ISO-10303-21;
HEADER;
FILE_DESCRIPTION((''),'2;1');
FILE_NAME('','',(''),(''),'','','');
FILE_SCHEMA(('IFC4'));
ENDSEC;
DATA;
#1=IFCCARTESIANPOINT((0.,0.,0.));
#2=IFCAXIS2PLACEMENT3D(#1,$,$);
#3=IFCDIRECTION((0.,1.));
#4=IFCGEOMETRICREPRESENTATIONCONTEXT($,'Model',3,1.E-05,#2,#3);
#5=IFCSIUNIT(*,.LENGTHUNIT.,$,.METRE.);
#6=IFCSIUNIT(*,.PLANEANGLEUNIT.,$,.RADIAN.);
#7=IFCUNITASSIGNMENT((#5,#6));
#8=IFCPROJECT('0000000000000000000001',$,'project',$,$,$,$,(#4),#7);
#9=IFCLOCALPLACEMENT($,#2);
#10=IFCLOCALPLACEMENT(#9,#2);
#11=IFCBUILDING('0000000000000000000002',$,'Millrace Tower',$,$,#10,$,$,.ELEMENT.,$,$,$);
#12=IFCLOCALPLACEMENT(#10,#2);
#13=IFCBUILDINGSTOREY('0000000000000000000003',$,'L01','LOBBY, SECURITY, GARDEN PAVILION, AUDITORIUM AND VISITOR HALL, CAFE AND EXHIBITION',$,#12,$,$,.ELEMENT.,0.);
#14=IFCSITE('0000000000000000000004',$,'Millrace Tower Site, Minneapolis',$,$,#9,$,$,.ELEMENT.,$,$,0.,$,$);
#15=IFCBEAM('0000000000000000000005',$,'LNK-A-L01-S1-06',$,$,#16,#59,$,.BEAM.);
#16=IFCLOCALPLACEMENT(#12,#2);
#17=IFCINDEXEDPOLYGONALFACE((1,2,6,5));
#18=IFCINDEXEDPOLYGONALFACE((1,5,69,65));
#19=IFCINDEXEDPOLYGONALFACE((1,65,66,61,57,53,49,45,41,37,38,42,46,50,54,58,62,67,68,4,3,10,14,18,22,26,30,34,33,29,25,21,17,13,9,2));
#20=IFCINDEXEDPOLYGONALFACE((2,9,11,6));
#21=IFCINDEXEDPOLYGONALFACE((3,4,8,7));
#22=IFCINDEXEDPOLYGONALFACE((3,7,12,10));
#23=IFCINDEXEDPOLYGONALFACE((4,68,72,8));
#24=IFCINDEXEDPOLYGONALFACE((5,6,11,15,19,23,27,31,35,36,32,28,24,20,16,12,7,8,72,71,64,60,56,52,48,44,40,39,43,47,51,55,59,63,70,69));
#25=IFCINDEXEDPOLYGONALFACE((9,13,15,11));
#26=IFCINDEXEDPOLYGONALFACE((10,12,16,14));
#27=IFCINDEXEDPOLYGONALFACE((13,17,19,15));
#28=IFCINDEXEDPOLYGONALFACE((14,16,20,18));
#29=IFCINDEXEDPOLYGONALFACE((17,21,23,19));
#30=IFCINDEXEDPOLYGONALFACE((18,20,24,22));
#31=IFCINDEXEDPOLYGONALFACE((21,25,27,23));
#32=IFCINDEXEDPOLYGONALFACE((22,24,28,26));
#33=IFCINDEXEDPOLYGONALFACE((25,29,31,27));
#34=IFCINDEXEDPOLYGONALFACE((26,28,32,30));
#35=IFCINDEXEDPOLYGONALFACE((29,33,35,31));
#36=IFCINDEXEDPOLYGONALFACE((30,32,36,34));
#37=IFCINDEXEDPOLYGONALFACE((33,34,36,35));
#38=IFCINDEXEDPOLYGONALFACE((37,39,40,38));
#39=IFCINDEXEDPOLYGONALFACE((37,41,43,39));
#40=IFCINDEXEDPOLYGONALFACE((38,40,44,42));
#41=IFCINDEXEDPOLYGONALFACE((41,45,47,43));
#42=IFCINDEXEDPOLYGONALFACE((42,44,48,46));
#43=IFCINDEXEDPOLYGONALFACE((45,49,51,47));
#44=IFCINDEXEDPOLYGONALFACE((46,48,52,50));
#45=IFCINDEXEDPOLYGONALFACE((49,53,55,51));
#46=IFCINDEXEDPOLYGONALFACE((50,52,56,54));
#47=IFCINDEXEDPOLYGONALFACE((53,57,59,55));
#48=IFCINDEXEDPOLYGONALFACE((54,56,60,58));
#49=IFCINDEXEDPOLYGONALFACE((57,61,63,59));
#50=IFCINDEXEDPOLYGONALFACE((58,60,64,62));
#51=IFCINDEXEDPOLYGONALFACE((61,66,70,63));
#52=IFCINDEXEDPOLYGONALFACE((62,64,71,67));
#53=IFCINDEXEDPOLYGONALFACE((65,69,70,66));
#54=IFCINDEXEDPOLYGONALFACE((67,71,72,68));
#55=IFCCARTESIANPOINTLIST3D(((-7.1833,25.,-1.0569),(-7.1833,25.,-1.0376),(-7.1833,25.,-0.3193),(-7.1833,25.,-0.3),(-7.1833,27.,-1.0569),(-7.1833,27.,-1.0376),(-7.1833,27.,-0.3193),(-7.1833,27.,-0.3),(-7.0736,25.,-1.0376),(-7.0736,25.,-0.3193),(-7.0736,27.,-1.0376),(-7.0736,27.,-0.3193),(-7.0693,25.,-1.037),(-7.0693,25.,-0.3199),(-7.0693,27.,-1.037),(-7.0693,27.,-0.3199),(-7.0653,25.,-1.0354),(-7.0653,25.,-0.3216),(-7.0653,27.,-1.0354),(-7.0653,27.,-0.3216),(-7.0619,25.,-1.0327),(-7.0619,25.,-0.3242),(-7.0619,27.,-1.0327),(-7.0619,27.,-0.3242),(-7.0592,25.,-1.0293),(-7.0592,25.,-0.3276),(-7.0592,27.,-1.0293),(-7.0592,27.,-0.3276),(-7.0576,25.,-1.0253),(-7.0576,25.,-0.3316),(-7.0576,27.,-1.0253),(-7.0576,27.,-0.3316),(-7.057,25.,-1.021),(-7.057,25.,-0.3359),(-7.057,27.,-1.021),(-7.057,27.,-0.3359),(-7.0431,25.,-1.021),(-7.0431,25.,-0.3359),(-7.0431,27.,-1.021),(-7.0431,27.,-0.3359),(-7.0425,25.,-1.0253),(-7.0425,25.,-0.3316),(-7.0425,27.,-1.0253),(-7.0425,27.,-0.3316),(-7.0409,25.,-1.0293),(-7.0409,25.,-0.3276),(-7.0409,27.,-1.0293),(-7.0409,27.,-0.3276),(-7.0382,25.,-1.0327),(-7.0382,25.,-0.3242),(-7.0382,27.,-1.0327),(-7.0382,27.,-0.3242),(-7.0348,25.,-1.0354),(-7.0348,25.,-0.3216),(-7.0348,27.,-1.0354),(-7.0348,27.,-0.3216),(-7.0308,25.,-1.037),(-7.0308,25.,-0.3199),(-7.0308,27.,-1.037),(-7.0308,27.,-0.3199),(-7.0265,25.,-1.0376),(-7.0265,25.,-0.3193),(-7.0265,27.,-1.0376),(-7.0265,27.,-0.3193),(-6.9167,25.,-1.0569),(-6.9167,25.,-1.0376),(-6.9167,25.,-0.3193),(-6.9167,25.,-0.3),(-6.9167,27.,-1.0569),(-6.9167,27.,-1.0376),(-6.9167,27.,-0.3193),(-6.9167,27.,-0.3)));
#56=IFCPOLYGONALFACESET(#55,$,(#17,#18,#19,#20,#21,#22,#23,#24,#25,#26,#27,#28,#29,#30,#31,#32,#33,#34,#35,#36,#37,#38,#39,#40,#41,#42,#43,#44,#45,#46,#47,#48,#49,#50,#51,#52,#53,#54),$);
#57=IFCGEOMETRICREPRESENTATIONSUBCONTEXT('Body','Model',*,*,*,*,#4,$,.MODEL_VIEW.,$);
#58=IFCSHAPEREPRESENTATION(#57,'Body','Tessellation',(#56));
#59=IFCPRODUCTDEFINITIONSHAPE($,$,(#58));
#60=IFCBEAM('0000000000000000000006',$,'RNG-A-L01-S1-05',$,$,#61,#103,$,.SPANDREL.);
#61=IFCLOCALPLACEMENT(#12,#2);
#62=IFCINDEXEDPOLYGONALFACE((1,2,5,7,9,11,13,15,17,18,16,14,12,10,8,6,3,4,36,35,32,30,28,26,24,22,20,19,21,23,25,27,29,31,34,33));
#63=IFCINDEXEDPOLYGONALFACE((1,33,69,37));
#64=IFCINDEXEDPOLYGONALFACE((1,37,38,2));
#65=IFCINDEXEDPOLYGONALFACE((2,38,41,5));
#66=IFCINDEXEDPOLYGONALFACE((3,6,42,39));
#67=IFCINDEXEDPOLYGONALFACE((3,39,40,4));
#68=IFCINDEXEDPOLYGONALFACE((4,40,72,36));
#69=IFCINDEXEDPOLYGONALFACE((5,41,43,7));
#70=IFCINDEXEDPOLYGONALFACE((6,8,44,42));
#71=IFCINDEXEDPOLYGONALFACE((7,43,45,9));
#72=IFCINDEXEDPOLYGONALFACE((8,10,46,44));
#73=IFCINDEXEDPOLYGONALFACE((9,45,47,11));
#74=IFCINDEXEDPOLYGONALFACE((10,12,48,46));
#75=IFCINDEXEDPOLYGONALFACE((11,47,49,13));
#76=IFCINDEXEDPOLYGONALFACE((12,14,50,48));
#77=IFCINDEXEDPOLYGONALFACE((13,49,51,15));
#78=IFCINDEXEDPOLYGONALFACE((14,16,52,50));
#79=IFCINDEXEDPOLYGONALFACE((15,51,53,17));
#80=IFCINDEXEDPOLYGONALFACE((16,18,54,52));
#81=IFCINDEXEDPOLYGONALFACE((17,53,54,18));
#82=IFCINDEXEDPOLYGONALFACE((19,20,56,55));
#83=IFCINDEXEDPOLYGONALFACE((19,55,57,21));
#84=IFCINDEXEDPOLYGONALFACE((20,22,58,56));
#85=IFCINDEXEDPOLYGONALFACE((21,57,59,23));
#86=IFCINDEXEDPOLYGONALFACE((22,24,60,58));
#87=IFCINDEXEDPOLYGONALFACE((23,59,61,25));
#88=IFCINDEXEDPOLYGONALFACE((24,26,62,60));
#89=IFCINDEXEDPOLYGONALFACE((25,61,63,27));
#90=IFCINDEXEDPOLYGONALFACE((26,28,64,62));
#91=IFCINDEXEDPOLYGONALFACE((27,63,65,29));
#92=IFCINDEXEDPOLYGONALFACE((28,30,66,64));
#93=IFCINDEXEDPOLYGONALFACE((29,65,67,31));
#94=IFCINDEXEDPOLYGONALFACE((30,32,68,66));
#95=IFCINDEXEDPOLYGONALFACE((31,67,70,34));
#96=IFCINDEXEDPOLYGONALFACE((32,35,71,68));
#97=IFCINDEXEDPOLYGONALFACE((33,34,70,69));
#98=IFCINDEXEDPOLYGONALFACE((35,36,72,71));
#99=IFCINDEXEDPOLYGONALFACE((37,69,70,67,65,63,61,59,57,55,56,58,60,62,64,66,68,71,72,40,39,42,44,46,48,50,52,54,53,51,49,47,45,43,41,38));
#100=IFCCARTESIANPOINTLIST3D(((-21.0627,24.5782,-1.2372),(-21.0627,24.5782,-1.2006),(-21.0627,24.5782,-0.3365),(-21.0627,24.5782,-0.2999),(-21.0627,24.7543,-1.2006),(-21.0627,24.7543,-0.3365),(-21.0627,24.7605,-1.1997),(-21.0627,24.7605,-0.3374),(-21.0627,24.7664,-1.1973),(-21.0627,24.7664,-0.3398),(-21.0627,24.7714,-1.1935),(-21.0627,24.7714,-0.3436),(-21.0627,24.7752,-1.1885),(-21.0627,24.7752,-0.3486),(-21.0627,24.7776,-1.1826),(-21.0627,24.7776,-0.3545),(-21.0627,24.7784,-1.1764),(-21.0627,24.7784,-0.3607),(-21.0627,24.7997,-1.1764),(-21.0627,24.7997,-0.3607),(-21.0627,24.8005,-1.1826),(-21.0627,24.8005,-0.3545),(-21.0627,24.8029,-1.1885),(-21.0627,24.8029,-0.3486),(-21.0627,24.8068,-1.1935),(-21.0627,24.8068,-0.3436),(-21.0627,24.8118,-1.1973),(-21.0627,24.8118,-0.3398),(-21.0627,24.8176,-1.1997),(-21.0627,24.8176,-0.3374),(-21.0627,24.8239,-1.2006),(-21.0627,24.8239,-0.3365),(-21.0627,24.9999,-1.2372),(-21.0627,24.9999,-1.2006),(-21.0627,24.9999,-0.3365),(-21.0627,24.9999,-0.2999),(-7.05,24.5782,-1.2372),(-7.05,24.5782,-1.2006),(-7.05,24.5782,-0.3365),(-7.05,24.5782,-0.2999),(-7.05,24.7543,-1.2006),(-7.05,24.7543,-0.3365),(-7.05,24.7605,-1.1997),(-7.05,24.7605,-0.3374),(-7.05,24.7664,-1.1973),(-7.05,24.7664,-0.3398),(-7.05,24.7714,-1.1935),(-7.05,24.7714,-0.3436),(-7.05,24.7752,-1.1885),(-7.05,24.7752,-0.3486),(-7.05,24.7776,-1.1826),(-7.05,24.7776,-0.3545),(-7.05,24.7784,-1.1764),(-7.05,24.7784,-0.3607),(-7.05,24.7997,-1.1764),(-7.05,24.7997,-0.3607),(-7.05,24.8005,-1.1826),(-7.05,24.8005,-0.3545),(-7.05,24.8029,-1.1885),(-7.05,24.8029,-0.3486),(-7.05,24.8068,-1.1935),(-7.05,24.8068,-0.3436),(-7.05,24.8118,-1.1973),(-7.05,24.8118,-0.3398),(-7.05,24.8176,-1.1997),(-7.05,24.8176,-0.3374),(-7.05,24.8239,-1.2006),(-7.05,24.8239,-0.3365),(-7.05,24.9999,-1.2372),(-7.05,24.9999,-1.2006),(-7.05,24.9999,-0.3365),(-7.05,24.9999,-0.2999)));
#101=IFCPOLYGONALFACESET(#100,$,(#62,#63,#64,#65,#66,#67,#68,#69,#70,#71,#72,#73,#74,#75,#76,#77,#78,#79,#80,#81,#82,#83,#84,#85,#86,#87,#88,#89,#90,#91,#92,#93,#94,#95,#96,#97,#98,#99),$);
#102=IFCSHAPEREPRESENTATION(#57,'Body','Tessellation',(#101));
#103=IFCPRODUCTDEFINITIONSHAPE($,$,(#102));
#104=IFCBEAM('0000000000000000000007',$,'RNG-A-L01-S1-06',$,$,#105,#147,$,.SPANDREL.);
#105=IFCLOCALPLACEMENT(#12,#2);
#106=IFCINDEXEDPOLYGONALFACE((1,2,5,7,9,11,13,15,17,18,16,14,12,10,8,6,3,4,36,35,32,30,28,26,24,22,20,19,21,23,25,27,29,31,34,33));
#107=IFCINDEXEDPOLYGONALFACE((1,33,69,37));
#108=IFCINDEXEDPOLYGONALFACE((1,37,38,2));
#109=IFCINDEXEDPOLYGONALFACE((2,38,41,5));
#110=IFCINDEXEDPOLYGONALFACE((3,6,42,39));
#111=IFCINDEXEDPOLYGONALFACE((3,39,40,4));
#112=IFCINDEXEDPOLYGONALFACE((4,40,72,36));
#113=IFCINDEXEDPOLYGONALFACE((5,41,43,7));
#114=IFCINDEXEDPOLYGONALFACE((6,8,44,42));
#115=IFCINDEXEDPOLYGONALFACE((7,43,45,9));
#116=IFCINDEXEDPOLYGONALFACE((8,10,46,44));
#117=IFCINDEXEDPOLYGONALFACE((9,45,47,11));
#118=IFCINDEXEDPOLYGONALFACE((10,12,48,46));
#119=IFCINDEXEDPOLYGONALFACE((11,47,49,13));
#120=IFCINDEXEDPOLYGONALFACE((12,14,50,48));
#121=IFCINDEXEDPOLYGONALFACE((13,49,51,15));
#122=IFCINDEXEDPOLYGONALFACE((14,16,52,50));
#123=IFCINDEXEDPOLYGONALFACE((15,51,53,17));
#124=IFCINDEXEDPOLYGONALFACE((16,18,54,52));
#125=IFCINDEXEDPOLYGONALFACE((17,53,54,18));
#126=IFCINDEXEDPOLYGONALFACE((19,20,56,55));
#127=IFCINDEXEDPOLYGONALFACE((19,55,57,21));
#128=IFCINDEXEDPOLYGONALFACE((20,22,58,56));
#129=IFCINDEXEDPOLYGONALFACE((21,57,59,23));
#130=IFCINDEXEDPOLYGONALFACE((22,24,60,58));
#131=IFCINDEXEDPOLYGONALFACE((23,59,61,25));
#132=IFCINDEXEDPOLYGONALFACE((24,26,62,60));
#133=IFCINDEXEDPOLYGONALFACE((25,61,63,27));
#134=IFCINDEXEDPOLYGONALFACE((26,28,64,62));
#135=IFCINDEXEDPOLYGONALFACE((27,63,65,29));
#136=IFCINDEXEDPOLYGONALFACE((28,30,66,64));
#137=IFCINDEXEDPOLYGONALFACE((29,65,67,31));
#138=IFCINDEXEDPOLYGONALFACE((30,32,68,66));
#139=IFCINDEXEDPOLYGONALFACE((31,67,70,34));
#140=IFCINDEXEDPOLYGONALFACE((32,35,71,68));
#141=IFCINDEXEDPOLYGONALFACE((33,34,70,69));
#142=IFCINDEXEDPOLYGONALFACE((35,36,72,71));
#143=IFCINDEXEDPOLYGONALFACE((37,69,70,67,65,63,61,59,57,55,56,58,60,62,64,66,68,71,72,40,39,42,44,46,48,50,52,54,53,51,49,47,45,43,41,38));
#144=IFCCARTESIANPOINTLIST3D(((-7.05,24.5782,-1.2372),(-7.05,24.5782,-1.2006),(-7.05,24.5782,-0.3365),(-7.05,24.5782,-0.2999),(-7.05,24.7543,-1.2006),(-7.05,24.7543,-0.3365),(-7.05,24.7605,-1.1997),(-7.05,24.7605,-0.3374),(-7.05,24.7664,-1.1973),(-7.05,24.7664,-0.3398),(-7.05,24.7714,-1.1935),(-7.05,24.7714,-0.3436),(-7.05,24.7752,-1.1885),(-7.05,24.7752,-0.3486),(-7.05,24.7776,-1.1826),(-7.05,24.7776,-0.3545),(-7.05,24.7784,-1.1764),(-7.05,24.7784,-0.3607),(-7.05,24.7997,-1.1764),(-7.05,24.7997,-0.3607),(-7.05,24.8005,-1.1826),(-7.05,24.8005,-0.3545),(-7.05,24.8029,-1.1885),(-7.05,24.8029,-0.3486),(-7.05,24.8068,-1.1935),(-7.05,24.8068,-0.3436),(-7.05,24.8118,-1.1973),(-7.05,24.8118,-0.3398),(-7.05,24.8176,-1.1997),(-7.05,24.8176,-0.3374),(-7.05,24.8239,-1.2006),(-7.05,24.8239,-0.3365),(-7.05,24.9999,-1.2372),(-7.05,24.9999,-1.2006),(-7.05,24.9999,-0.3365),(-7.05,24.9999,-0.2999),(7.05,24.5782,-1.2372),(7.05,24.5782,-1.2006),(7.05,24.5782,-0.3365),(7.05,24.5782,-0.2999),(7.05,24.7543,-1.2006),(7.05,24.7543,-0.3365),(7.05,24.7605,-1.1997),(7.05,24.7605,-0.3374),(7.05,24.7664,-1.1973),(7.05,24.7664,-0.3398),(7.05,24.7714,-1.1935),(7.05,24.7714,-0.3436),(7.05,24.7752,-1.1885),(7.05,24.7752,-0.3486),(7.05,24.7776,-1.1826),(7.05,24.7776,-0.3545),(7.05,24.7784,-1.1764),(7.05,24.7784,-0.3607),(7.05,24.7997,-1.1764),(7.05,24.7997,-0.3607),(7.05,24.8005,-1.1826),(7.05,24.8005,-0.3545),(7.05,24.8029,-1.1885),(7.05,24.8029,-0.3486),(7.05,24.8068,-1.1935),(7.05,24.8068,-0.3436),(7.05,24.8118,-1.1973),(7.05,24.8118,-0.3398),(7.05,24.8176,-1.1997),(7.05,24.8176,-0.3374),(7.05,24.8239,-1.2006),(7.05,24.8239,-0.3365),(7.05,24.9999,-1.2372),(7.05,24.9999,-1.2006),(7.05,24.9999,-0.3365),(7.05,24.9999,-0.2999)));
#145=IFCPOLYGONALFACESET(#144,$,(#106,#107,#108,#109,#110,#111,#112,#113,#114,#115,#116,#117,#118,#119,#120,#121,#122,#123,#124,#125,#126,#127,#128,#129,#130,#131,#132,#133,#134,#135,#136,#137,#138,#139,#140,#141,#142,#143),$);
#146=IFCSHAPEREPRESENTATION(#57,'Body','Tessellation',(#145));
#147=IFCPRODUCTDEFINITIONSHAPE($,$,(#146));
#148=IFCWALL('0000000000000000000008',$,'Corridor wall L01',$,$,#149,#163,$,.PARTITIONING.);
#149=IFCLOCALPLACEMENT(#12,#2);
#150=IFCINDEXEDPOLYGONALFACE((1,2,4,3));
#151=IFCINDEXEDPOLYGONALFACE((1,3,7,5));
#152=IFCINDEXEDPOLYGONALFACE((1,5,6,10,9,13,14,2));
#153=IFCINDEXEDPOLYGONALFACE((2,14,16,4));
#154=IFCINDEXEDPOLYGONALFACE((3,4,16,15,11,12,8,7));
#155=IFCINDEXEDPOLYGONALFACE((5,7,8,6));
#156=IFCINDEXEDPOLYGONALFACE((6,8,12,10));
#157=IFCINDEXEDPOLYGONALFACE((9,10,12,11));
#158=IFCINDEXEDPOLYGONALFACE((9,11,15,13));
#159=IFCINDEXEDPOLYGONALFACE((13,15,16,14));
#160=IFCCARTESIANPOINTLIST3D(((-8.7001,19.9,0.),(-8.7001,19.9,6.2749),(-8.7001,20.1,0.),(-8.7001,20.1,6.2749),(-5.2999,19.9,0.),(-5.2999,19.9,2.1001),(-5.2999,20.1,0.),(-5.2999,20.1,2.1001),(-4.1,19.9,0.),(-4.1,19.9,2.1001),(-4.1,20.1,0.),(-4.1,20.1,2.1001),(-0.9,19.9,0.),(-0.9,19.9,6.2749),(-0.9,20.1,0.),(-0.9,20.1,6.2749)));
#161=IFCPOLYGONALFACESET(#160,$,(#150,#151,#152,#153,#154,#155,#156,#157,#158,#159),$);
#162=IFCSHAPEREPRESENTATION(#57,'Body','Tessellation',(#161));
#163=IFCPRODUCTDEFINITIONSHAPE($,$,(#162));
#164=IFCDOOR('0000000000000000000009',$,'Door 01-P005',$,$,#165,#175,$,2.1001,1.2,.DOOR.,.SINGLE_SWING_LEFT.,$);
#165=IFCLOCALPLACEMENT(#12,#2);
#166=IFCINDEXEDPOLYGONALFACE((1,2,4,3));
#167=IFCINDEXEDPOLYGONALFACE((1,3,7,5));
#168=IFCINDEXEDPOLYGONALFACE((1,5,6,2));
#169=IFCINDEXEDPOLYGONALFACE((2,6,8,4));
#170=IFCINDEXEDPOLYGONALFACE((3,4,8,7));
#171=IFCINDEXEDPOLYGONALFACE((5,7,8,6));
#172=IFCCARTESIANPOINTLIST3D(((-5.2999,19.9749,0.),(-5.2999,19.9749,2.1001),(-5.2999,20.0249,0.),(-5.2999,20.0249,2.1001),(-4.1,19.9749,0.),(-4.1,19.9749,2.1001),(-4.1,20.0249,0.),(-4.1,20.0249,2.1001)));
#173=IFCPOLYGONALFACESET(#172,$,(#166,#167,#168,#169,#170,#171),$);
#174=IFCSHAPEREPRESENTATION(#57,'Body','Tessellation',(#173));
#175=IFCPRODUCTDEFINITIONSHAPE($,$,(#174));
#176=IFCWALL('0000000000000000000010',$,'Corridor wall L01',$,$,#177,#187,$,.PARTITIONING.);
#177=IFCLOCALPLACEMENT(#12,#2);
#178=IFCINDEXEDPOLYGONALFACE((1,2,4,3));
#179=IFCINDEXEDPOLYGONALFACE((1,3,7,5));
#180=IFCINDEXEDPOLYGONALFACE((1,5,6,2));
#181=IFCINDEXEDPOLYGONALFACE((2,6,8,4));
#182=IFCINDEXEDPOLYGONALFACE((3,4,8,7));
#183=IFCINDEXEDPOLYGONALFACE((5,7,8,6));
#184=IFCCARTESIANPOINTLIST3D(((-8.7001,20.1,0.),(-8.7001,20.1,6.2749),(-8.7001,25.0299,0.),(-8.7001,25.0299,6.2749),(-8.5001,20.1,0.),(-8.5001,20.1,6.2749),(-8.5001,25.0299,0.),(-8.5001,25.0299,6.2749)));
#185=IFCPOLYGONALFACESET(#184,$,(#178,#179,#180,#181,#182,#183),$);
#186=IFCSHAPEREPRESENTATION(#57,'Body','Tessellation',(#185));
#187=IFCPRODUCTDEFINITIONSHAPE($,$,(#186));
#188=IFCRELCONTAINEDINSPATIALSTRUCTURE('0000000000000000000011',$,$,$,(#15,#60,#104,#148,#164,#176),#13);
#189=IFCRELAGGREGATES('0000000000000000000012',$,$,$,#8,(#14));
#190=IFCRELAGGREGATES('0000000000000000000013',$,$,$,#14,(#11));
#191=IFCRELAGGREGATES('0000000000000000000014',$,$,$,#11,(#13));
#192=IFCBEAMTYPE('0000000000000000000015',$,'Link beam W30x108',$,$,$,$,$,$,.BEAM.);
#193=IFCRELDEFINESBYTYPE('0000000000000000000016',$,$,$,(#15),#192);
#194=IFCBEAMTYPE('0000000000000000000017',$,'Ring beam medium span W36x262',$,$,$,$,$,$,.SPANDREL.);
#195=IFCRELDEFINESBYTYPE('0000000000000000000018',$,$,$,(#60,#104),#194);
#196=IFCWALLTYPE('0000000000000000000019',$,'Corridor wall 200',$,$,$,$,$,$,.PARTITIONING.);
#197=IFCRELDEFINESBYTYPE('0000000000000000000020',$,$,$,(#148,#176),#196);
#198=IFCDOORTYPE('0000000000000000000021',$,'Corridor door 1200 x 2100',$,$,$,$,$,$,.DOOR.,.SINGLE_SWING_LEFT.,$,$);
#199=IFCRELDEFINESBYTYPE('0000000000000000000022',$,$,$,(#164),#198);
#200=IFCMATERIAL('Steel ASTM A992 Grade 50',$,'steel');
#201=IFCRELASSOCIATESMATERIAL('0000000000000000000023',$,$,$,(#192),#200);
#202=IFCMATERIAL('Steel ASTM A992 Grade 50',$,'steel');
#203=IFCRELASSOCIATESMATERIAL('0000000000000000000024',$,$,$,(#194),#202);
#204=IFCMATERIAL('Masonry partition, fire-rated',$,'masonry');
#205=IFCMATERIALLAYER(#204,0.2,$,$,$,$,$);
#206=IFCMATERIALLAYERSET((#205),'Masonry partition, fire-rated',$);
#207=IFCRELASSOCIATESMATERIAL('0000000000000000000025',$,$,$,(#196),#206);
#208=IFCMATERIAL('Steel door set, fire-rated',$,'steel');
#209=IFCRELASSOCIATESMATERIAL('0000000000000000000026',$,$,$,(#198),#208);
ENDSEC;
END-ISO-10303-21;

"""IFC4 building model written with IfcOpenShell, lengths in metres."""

from ifc_helpers import new_model, si_unit, direction, frame, frame_2d, origin, origin_2d, place, context, subcontext, project, spatial, rectangle, i_section, extrude, material, layer, layer_set, material_profile, profile_set, type_object, element, fill, save


model = new_model("IFC4")

# Units and contexts
model_context = context("Model", 3, precision=1e-05, world=origin(), true_north=direction((0.0, 1.0)))
body_context = subcontext(model_context, "Body", "Model", "MODEL_VIEW")
ifc_project = project(units=[si_unit("LENGTHUNIT", "METRE"), si_unit("PLANEANGLEUNIT", "RADIAN")], contexts=[model_context])

# Site, building, storey
site_placement = place(None, origin())
site = spatial("IfcSite", under=ifc_project, at=site_placement, Name="Millrace Tower Site, Minneapolis", CompositionType="ELEMENT", RefElevation=0.0)
building_placement = place(site_placement, origin())
building = spatial("IfcBuilding", under=site, at=building_placement, Name="Millrace Tower", CompositionType="ELEMENT")
storey_placement = place(building_placement, origin())
storey = spatial("IfcBuildingStorey", under=building, at=storey_placement, Name="L01", Description="LOBBY, SECURITY, GARDEN PAVILION, AUDITORIUM AND VISITOR HALL, CAFE AND EXHIBITION", CompositionType="ELEMENT", Elevation=0.0)

# Beams
ifc_material_1 = material(Name="Steel ASTM A992 Grade 50", Category="steel")
ifc_material_profile_1 = material_profile(ifc_material_1, i_section(OverallWidth=0.2666, OverallDepth=0.7568, WebThickness=0.0139, FlangeThickness=0.0193, FilletRadius=0.0166, at=origin_2d()))
ifc_profile_set_1 = profile_set([ifc_material_profile_1], Name="Steel ASTM A992 Grade 50")
beam_type_1 = type_object("IfcBeamType", Name="Link beam W30x108", PredefinedType="BEAM", material=ifc_profile_set_1)
beam_1_placement = place(storey_placement, frame((-7.05, 25.0, -0.6785), z_axis=(0.0, 1.0, 0.0), x_axis=(-1.0, 0.0, 0.0)))
element("IfcBeam", 1, at=beam_1_placement, inside=storey, type_object=beam_type_1, Name="LNK-A-L01-S1-06", PredefinedType="BEAM", context=body_context, shape_type="SweptSolid", body=[
    extrude(i_section(OverallWidth=0.2666, OverallDepth=0.7568, WebThickness=0.0139, FlangeThickness=0.0193, FilletRadius=0.0166, at=origin_2d()), origin(), (0.0, 0.0, 1.0), 2.0),
])
ifc_material_2 = material(Name="Steel ASTM A992 Grade 50", Category="steel")
ifc_material_profile_2 = material_profile(ifc_material_2, i_section(OverallWidth=0.4216, OverallDepth=0.9373, WebThickness=0.0212, FlangeThickness=0.0366, FilletRadius=0.0242, at=origin_2d()))
ifc_profile_set_2 = profile_set([ifc_material_profile_2], Name="Steel ASTM A992 Grade 50")
beam_type_2 = type_object("IfcBeamType", Name="Ring beam medium span W36x262", PredefinedType="SPANDREL", material=ifc_profile_set_2)
beam_2_placement = place(storey_placement, frame((-21.0627, 24.7891, -0.7686), z_axis=(1.0, 0.0, 0.0), x_axis=(0.0, 1.0, 0.0)))
element("IfcBeam", 2, at=beam_2_placement, inside=storey, type_object=beam_type_2, Name="RNG-A-L01-S1-05", PredefinedType="SPANDREL", context=body_context, shape_type="SweptSolid", body=[
    extrude(i_section(OverallWidth=0.4216, OverallDepth=0.9373, WebThickness=0.0212, FlangeThickness=0.0366, FilletRadius=0.0242, at=origin_2d()), origin(), (0.0, 0.0, 1.0), 14.0127),
])
beam_3_placement = place(storey_placement, frame((-7.05, 24.7891, -0.7686), z_axis=(1.0, 0.0, 0.0), x_axis=(0.0, 1.0, 0.0)))
element("IfcBeam", 3, at=beam_3_placement, inside=storey, type_object=beam_type_2, Name="RNG-A-L01-S1-06", PredefinedType="SPANDREL", context=body_context, shape_type="SweptSolid", body=[
    extrude(i_section(OverallWidth=0.4216, OverallDepth=0.9373, WebThickness=0.0212, FlangeThickness=0.0366, FilletRadius=0.0242, at=origin_2d()), origin(), (0.0, 0.0, 1.0), 14.1001),
])

# Wall, opening, door
ifc_material_3 = material(Name="Masonry partition, fire-rated", Category="masonry")
ifc_layer_1 = layer(ifc_material_3, 0.2)
ifc_layer_set_1 = layer_set([ifc_layer_1], Name="Masonry partition, fire-rated")
wall_type_1 = type_object("IfcWallType", Name="Corridor wall 200", PredefinedType="PARTITIONING", material=ifc_layer_set_1)
wall_1_placement = place(storey_placement, frame((-8.7, 20.0, 0.0), z_axis=(0.0, 0.0, 1.0), x_axis=(1.0, 0.0, 0.0)))
wall_1 = element("IfcWall", 4, at=wall_1_placement, inside=storey, type_object=wall_type_1, Name="Corridor wall L01", PredefinedType="PARTITIONING", context=body_context, shape_type="SweptSolid", body=[
    extrude(rectangle(XDim=7.8, YDim=0.2, at=frame_2d((3.8999, 0.0))), origin(), (0.0, 0.0, 1.0), 6.2749),
])
opening_1_placement = place(wall_1_placement, frame((3.3999, 0.0, 0.0)))
opening_1 = element("IfcOpeningElement", 5, at=opening_1_placement, cuts=wall_1, PredefinedType="OPENING", context=body_context, shape_type="SweptSolid", body=[
    extrude(rectangle(XDim=1.2, YDim=2.1001, at=frame_2d((0.6001, 1.05))), frame((0.0, 0.1099, 0.0), z_axis=(0.0, -1.0, 0.0), x_axis=(1.0, 0.0, 0.0)), (0.0, 0.0, 1.0), 0.22),
])
ifc_material_4 = material(Name="Steel door set, fire-rated", Category="steel")
door_type_1 = type_object("IfcDoorType", Name="Corridor door 1200 x 2100", OperationType="SINGLE_SWING_LEFT", PredefinedType="DOOR", material=ifc_material_4)
door_1_placement = place(opening_1_placement, origin())
door_1 = element("IfcDoor", 6, at=door_1_placement, inside=storey, type_object=door_type_1, Name="Door 01-P005", OperationType="SINGLE_SWING_LEFT", OverallHeight=2.1001, OverallWidth=1.2, PredefinedType="DOOR", context=body_context, shape_type="SweptSolid", body=[
    extrude(rectangle(XDim=1.2, YDim=2.1001, at=frame_2d((0.6001, 1.05))), frame((0.0, 0.0249, 0.0), z_axis=(0.0, -1.0, 0.0), x_axis=(1.0, 0.0, 0.0)), (0.0, 0.0, 1.0), 0.05),
])
fill(opening_1, door_1)

# Wall
for number, where, z_axis, x_axis, name in (
    (7, (-8.6001, 20.1001, 0.0), (0.0, 0.0, 1.0), (0.0, 1.0, 0.0), "Corridor wall L01"),
):
    element("IfcWall", number, at=place(storey_placement, frame(where, z_axis=z_axis, x_axis=x_axis)), inside=storey, type_object=wall_type_1, Name=name, PredefinedType="PARTITIONING", context=body_context, shape_type="SweptSolid", body=[
        extrude(rectangle(XDim=4.9299, YDim=0.2, at=frame_2d((2.4648, 0.0))), origin(), (0.0, 0.0, 1.0), 6.2749),
    ])

save(model, "model.ifc")
